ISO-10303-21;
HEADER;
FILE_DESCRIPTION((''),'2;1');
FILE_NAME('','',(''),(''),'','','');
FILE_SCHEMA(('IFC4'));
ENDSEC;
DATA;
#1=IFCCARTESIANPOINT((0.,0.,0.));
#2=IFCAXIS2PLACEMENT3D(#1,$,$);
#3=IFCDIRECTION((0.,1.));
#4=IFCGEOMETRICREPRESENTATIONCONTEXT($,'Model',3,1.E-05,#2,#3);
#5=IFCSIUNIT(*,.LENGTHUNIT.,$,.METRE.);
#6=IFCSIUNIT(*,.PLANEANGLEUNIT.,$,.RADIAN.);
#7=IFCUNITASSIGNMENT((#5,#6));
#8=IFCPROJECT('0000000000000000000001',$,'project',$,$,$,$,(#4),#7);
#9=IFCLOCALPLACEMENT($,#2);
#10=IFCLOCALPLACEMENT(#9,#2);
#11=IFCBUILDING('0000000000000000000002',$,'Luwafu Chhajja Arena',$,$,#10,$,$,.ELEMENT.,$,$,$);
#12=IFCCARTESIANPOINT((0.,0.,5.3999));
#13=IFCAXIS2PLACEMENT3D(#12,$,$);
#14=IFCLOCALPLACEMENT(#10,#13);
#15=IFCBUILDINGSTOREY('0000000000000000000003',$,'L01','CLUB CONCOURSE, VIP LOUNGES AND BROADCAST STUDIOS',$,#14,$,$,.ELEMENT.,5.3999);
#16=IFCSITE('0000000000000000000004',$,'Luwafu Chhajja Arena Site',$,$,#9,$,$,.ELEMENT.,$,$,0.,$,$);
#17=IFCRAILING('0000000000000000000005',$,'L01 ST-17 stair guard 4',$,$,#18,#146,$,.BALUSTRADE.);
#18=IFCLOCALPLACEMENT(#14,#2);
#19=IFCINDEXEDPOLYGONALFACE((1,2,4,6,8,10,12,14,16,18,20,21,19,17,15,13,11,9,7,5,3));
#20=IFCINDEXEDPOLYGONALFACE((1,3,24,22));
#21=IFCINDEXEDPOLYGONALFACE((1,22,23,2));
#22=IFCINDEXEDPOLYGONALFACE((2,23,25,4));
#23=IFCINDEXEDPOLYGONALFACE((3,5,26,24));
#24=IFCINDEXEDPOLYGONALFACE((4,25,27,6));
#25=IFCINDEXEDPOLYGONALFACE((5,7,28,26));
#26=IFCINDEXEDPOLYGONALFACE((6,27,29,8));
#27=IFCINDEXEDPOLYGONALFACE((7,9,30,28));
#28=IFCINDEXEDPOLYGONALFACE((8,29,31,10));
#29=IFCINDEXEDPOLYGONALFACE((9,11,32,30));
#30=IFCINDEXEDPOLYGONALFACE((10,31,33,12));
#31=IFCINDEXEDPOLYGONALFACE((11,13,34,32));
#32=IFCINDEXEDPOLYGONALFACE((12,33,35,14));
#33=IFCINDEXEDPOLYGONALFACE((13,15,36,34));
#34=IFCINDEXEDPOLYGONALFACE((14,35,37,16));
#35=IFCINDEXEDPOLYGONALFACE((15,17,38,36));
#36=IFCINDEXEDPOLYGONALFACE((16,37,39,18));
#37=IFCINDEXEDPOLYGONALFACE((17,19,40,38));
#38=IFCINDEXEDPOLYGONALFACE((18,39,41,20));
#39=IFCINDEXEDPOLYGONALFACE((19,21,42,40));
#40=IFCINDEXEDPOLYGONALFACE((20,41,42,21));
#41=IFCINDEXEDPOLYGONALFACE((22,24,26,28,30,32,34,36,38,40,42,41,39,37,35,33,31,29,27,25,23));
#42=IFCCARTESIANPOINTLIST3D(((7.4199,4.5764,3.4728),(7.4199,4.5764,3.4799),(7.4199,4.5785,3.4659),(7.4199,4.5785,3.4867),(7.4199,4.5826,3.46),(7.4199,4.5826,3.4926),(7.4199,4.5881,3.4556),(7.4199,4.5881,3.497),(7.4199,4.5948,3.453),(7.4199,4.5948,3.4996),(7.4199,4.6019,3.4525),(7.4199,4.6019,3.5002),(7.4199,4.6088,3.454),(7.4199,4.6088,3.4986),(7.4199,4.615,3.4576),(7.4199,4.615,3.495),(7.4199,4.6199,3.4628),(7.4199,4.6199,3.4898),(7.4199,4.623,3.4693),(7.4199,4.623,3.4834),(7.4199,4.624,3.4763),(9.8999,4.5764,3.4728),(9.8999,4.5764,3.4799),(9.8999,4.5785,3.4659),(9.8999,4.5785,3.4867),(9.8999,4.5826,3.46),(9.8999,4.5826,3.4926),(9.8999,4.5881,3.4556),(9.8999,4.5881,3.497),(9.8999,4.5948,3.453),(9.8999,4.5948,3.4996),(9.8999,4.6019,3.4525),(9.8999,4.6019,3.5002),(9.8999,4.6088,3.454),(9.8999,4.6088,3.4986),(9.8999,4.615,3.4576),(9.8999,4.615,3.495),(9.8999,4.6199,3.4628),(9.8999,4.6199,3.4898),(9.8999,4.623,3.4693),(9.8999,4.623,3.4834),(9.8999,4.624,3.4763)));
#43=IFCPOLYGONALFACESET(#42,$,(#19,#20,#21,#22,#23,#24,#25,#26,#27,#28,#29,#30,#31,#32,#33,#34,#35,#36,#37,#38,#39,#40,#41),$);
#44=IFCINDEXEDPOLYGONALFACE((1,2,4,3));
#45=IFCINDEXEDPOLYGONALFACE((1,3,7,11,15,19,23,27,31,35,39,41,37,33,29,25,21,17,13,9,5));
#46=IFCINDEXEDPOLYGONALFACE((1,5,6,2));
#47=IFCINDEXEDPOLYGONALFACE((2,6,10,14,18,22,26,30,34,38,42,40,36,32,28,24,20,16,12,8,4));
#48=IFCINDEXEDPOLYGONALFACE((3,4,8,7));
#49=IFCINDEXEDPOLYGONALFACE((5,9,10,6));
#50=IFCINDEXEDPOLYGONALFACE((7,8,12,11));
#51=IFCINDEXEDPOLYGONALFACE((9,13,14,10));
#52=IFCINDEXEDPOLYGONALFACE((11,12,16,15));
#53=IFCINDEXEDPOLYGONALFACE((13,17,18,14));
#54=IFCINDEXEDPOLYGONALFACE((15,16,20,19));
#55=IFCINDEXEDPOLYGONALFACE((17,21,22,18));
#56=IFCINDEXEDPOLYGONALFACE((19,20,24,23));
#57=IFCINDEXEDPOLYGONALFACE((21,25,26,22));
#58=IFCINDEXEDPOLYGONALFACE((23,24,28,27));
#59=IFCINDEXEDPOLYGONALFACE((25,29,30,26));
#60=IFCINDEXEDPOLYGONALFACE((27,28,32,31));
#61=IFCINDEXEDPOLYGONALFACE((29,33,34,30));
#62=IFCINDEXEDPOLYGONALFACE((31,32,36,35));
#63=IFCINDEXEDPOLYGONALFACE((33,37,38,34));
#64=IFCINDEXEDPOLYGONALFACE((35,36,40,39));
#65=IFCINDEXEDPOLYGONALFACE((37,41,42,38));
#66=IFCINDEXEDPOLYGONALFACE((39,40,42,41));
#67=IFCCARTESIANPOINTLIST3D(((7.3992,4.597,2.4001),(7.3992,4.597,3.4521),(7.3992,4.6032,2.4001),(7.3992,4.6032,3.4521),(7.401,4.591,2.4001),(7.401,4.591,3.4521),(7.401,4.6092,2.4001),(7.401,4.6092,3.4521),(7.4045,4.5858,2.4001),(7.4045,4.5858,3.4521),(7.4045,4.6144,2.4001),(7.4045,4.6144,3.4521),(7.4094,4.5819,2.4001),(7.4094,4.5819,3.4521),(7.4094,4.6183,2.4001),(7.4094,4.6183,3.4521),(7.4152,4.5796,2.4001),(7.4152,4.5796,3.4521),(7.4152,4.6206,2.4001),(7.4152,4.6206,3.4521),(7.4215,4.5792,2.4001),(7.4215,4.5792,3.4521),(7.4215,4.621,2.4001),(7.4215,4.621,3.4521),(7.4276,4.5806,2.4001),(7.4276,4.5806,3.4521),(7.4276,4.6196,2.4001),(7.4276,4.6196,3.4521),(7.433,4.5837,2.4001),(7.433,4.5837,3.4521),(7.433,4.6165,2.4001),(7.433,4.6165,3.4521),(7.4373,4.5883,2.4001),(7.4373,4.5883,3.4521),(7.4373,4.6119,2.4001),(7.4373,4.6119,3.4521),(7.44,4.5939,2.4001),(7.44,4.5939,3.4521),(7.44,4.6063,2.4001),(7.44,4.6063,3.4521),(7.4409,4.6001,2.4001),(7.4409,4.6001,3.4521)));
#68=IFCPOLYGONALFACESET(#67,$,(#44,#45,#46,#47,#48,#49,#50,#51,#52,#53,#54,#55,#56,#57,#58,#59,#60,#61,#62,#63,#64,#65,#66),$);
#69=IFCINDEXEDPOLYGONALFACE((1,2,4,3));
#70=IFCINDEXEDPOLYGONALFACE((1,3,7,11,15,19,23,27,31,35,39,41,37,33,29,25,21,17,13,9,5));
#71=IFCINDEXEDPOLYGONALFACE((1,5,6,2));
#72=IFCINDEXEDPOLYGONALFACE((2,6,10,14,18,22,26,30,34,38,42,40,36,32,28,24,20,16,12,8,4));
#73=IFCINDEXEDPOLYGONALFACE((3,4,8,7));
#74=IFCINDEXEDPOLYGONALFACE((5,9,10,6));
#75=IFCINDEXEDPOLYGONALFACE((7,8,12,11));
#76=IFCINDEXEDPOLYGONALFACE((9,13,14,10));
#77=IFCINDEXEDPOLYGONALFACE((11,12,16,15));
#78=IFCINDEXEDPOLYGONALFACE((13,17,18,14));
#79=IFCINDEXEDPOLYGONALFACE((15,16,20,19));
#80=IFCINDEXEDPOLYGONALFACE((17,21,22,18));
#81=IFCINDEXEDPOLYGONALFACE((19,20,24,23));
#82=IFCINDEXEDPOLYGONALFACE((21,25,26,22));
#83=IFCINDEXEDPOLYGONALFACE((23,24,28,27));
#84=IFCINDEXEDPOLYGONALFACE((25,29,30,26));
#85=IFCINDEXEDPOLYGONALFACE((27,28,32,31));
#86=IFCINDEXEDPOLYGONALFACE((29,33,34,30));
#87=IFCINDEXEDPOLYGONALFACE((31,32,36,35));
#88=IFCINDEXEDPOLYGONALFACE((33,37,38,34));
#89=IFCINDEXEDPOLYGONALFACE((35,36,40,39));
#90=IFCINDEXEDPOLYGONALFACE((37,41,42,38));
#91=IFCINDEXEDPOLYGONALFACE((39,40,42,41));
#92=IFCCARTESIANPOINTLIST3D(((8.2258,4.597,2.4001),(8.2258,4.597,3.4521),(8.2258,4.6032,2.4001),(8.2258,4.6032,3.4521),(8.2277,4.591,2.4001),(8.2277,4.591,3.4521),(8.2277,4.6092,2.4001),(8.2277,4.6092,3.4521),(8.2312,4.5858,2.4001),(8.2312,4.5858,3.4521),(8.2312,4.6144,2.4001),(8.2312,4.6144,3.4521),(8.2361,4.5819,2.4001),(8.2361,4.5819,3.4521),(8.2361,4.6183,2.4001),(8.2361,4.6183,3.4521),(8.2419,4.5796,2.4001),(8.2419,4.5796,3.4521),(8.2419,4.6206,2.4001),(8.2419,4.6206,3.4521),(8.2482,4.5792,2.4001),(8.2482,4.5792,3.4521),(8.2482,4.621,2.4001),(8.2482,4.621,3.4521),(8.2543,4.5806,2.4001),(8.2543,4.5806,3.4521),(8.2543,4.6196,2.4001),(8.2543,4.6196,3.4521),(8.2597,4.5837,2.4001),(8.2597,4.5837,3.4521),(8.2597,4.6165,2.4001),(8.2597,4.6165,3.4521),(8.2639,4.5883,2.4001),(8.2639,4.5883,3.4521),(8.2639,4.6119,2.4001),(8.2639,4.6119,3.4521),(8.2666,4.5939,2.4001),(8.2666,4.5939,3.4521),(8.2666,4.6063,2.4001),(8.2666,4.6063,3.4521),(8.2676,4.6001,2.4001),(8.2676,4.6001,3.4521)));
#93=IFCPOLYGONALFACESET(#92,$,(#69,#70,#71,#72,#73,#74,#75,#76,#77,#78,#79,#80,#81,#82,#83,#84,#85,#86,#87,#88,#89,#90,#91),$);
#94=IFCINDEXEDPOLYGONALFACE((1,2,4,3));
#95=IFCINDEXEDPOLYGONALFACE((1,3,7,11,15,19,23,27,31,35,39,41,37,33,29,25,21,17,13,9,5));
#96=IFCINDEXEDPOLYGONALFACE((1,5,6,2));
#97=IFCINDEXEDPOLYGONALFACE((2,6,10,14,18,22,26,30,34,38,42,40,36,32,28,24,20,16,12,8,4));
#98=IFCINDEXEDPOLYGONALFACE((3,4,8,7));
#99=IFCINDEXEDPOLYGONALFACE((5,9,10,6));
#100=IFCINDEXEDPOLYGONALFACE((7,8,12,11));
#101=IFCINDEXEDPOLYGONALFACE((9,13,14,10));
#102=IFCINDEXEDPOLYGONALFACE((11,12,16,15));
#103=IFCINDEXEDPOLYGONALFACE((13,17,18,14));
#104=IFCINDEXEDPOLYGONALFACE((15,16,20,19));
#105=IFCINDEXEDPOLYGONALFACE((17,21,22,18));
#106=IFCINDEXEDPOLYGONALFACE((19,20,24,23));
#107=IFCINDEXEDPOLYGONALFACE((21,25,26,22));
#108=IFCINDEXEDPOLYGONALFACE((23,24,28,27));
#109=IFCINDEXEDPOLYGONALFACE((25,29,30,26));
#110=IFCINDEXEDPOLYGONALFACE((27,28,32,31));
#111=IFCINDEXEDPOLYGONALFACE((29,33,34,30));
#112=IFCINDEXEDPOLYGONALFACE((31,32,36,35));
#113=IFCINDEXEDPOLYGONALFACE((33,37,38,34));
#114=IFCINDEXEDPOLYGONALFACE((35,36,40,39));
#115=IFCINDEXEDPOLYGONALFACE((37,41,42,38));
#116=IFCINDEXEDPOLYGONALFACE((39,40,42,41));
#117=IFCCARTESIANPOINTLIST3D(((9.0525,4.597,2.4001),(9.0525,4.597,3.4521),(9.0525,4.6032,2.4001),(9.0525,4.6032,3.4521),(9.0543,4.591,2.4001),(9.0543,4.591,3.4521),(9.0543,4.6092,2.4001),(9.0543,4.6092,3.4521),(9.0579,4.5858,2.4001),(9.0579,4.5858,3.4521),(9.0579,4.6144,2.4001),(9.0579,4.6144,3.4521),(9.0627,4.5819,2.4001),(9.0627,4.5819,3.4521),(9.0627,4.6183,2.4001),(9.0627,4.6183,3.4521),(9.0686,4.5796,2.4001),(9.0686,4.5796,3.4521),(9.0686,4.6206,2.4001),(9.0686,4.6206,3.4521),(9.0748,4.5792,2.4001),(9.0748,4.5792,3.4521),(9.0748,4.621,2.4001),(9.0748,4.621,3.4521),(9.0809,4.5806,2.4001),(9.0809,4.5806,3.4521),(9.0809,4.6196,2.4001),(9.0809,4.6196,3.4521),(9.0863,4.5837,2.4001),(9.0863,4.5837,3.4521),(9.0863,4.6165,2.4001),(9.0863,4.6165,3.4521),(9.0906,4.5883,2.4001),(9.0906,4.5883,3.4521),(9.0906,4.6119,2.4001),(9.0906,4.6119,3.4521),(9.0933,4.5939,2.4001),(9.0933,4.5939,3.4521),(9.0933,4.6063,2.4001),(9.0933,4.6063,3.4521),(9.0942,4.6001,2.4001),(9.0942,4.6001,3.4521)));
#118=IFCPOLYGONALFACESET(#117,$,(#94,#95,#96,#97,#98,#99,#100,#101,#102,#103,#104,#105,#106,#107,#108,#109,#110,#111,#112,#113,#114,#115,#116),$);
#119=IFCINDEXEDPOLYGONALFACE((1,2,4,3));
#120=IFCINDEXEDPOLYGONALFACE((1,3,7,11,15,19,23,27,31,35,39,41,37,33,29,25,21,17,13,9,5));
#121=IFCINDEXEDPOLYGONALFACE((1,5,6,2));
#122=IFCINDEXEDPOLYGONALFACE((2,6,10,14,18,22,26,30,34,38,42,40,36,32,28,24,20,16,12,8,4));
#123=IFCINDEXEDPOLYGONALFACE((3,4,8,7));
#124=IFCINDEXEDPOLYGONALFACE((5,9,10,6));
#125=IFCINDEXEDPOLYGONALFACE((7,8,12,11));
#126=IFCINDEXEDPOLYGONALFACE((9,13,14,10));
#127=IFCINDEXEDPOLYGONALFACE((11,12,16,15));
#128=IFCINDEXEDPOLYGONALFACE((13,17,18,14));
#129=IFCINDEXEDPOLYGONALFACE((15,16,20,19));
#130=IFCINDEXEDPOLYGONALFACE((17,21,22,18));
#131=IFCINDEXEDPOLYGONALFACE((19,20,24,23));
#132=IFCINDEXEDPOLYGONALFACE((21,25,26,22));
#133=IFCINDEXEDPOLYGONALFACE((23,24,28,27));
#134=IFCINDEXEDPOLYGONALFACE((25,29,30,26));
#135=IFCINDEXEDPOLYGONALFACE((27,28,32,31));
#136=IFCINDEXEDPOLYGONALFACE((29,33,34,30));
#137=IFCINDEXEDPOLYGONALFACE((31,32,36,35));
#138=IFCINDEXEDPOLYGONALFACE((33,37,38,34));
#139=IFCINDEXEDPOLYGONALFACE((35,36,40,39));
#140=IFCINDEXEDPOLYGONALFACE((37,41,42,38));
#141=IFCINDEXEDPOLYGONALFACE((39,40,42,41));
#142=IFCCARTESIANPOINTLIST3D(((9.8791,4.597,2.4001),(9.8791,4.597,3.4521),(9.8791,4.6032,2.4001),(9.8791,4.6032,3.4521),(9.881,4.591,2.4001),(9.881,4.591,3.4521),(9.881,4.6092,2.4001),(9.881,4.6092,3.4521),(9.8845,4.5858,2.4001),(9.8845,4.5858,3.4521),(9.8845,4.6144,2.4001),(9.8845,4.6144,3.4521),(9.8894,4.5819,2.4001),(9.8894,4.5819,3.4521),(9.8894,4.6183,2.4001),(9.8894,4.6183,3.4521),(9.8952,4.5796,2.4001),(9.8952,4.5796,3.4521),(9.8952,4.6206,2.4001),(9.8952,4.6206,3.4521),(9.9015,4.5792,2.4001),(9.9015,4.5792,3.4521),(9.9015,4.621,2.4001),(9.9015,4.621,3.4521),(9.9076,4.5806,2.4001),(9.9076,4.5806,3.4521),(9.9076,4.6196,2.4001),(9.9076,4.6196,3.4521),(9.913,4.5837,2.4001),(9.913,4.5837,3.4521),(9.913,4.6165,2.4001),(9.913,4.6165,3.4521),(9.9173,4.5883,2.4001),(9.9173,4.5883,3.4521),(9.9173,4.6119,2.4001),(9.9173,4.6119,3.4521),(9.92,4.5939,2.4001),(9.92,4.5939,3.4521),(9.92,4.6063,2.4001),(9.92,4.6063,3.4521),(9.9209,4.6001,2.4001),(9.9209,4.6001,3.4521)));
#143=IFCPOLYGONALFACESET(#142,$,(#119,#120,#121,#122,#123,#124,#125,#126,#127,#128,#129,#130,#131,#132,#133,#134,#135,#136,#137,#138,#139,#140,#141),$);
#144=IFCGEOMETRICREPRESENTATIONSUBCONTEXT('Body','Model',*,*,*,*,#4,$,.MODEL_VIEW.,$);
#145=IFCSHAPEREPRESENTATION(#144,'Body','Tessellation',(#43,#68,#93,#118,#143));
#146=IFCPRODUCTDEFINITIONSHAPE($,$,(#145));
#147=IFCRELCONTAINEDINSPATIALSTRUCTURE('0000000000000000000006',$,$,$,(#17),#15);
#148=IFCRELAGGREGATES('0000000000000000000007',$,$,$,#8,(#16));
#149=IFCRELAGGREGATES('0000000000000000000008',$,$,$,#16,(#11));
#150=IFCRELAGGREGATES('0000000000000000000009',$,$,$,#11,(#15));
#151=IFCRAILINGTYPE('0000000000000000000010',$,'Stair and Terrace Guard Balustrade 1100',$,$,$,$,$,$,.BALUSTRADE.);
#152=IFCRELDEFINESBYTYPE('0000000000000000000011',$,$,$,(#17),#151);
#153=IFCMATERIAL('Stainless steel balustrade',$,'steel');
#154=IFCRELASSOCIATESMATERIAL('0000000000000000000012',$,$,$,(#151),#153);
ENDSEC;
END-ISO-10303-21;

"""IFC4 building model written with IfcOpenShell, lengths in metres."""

from ifc_helpers import new_model, si_unit, direction, frame, origin, origin_2d, place, context, subcontext, project, spatial, circle, extrude, material, type_object, element, save


model = new_model("IFC4")

# Units and contexts
model_context = context("Model", 3, precision=1e-05, world=origin(), true_north=direction((0.0, 1.0)))
body_context = subcontext(model_context, "Body", "Model", "MODEL_VIEW")
ifc_project = project(units=[si_unit("LENGTHUNIT", "METRE"), si_unit("PLANEANGLEUNIT", "RADIAN")], contexts=[model_context])

# Site, building, storey
site_placement = place(None, origin())
site = spatial("IfcSite", under=ifc_project, at=site_placement, Name="Luwafu Chhajja Arena Site", CompositionType="ELEMENT", RefElevation=0.0)
building_placement = place(site_placement, origin())
building = spatial("IfcBuilding", under=site, at=building_placement, Name="Luwafu Chhajja Arena", CompositionType="ELEMENT")
storey_placement = place(building_placement, frame((0.0, 0.0, 5.3999)))
storey = spatial("IfcBuildingStorey", under=building, at=storey_placement, Name="L01", Description="CLUB CONCOURSE, VIP LOUNGES AND BROADCAST STUDIOS", CompositionType="ELEMENT", Elevation=5.3999)

# Railing
ifc_material_1 = material(Name="Stainless steel balustrade", Category="steel")
railing_type_1 = type_object("IfcRailingType", Name="Stair and Terrace Guard Balustrade 1100", PredefinedType="BALUSTRADE", material=ifc_material_1)
for number, where, name in (
    (1, (7.4199, 4.6001, 2.4001), "L01 ST-17 stair guard 4"),
):
    element("IfcRailing", number, at=place(storey_placement, frame(where)), inside=storey, type_object=railing_type_1, Name=name, PredefinedType="BALUSTRADE", context=body_context, shape_type="SweptSolid", body=[
        extrude(circle(Radius=0.0239, at=origin_2d()), frame((0.0, 0.0, 1.0762), z_axis=(1.0, 0.0, 0.0), x_axis=(0.0, 1.0, 0.0)), (0.0, 0.0, 1.0), 2.48),
        extrude(circle(Radius=0.021, at=origin_2d()), origin(), (0.0, 0.0, 1.0), 1.052),
        extrude(circle(Radius=0.021, at=origin_2d()), frame((0.8267, 0.0, 0.0)), (0.0, 0.0, 1.0), 1.052),
        extrude(circle(Radius=0.021, at=origin_2d()), frame((1.6533, 0.0, 0.0)), (0.0, 0.0, 1.0), 1.052),
        extrude(circle(Radius=0.021, at=origin_2d()), frame((2.48, 0.0, 0.0)), (0.0, 0.0, 1.0), 1.052),
    ])

save(model, "model.ifc")
